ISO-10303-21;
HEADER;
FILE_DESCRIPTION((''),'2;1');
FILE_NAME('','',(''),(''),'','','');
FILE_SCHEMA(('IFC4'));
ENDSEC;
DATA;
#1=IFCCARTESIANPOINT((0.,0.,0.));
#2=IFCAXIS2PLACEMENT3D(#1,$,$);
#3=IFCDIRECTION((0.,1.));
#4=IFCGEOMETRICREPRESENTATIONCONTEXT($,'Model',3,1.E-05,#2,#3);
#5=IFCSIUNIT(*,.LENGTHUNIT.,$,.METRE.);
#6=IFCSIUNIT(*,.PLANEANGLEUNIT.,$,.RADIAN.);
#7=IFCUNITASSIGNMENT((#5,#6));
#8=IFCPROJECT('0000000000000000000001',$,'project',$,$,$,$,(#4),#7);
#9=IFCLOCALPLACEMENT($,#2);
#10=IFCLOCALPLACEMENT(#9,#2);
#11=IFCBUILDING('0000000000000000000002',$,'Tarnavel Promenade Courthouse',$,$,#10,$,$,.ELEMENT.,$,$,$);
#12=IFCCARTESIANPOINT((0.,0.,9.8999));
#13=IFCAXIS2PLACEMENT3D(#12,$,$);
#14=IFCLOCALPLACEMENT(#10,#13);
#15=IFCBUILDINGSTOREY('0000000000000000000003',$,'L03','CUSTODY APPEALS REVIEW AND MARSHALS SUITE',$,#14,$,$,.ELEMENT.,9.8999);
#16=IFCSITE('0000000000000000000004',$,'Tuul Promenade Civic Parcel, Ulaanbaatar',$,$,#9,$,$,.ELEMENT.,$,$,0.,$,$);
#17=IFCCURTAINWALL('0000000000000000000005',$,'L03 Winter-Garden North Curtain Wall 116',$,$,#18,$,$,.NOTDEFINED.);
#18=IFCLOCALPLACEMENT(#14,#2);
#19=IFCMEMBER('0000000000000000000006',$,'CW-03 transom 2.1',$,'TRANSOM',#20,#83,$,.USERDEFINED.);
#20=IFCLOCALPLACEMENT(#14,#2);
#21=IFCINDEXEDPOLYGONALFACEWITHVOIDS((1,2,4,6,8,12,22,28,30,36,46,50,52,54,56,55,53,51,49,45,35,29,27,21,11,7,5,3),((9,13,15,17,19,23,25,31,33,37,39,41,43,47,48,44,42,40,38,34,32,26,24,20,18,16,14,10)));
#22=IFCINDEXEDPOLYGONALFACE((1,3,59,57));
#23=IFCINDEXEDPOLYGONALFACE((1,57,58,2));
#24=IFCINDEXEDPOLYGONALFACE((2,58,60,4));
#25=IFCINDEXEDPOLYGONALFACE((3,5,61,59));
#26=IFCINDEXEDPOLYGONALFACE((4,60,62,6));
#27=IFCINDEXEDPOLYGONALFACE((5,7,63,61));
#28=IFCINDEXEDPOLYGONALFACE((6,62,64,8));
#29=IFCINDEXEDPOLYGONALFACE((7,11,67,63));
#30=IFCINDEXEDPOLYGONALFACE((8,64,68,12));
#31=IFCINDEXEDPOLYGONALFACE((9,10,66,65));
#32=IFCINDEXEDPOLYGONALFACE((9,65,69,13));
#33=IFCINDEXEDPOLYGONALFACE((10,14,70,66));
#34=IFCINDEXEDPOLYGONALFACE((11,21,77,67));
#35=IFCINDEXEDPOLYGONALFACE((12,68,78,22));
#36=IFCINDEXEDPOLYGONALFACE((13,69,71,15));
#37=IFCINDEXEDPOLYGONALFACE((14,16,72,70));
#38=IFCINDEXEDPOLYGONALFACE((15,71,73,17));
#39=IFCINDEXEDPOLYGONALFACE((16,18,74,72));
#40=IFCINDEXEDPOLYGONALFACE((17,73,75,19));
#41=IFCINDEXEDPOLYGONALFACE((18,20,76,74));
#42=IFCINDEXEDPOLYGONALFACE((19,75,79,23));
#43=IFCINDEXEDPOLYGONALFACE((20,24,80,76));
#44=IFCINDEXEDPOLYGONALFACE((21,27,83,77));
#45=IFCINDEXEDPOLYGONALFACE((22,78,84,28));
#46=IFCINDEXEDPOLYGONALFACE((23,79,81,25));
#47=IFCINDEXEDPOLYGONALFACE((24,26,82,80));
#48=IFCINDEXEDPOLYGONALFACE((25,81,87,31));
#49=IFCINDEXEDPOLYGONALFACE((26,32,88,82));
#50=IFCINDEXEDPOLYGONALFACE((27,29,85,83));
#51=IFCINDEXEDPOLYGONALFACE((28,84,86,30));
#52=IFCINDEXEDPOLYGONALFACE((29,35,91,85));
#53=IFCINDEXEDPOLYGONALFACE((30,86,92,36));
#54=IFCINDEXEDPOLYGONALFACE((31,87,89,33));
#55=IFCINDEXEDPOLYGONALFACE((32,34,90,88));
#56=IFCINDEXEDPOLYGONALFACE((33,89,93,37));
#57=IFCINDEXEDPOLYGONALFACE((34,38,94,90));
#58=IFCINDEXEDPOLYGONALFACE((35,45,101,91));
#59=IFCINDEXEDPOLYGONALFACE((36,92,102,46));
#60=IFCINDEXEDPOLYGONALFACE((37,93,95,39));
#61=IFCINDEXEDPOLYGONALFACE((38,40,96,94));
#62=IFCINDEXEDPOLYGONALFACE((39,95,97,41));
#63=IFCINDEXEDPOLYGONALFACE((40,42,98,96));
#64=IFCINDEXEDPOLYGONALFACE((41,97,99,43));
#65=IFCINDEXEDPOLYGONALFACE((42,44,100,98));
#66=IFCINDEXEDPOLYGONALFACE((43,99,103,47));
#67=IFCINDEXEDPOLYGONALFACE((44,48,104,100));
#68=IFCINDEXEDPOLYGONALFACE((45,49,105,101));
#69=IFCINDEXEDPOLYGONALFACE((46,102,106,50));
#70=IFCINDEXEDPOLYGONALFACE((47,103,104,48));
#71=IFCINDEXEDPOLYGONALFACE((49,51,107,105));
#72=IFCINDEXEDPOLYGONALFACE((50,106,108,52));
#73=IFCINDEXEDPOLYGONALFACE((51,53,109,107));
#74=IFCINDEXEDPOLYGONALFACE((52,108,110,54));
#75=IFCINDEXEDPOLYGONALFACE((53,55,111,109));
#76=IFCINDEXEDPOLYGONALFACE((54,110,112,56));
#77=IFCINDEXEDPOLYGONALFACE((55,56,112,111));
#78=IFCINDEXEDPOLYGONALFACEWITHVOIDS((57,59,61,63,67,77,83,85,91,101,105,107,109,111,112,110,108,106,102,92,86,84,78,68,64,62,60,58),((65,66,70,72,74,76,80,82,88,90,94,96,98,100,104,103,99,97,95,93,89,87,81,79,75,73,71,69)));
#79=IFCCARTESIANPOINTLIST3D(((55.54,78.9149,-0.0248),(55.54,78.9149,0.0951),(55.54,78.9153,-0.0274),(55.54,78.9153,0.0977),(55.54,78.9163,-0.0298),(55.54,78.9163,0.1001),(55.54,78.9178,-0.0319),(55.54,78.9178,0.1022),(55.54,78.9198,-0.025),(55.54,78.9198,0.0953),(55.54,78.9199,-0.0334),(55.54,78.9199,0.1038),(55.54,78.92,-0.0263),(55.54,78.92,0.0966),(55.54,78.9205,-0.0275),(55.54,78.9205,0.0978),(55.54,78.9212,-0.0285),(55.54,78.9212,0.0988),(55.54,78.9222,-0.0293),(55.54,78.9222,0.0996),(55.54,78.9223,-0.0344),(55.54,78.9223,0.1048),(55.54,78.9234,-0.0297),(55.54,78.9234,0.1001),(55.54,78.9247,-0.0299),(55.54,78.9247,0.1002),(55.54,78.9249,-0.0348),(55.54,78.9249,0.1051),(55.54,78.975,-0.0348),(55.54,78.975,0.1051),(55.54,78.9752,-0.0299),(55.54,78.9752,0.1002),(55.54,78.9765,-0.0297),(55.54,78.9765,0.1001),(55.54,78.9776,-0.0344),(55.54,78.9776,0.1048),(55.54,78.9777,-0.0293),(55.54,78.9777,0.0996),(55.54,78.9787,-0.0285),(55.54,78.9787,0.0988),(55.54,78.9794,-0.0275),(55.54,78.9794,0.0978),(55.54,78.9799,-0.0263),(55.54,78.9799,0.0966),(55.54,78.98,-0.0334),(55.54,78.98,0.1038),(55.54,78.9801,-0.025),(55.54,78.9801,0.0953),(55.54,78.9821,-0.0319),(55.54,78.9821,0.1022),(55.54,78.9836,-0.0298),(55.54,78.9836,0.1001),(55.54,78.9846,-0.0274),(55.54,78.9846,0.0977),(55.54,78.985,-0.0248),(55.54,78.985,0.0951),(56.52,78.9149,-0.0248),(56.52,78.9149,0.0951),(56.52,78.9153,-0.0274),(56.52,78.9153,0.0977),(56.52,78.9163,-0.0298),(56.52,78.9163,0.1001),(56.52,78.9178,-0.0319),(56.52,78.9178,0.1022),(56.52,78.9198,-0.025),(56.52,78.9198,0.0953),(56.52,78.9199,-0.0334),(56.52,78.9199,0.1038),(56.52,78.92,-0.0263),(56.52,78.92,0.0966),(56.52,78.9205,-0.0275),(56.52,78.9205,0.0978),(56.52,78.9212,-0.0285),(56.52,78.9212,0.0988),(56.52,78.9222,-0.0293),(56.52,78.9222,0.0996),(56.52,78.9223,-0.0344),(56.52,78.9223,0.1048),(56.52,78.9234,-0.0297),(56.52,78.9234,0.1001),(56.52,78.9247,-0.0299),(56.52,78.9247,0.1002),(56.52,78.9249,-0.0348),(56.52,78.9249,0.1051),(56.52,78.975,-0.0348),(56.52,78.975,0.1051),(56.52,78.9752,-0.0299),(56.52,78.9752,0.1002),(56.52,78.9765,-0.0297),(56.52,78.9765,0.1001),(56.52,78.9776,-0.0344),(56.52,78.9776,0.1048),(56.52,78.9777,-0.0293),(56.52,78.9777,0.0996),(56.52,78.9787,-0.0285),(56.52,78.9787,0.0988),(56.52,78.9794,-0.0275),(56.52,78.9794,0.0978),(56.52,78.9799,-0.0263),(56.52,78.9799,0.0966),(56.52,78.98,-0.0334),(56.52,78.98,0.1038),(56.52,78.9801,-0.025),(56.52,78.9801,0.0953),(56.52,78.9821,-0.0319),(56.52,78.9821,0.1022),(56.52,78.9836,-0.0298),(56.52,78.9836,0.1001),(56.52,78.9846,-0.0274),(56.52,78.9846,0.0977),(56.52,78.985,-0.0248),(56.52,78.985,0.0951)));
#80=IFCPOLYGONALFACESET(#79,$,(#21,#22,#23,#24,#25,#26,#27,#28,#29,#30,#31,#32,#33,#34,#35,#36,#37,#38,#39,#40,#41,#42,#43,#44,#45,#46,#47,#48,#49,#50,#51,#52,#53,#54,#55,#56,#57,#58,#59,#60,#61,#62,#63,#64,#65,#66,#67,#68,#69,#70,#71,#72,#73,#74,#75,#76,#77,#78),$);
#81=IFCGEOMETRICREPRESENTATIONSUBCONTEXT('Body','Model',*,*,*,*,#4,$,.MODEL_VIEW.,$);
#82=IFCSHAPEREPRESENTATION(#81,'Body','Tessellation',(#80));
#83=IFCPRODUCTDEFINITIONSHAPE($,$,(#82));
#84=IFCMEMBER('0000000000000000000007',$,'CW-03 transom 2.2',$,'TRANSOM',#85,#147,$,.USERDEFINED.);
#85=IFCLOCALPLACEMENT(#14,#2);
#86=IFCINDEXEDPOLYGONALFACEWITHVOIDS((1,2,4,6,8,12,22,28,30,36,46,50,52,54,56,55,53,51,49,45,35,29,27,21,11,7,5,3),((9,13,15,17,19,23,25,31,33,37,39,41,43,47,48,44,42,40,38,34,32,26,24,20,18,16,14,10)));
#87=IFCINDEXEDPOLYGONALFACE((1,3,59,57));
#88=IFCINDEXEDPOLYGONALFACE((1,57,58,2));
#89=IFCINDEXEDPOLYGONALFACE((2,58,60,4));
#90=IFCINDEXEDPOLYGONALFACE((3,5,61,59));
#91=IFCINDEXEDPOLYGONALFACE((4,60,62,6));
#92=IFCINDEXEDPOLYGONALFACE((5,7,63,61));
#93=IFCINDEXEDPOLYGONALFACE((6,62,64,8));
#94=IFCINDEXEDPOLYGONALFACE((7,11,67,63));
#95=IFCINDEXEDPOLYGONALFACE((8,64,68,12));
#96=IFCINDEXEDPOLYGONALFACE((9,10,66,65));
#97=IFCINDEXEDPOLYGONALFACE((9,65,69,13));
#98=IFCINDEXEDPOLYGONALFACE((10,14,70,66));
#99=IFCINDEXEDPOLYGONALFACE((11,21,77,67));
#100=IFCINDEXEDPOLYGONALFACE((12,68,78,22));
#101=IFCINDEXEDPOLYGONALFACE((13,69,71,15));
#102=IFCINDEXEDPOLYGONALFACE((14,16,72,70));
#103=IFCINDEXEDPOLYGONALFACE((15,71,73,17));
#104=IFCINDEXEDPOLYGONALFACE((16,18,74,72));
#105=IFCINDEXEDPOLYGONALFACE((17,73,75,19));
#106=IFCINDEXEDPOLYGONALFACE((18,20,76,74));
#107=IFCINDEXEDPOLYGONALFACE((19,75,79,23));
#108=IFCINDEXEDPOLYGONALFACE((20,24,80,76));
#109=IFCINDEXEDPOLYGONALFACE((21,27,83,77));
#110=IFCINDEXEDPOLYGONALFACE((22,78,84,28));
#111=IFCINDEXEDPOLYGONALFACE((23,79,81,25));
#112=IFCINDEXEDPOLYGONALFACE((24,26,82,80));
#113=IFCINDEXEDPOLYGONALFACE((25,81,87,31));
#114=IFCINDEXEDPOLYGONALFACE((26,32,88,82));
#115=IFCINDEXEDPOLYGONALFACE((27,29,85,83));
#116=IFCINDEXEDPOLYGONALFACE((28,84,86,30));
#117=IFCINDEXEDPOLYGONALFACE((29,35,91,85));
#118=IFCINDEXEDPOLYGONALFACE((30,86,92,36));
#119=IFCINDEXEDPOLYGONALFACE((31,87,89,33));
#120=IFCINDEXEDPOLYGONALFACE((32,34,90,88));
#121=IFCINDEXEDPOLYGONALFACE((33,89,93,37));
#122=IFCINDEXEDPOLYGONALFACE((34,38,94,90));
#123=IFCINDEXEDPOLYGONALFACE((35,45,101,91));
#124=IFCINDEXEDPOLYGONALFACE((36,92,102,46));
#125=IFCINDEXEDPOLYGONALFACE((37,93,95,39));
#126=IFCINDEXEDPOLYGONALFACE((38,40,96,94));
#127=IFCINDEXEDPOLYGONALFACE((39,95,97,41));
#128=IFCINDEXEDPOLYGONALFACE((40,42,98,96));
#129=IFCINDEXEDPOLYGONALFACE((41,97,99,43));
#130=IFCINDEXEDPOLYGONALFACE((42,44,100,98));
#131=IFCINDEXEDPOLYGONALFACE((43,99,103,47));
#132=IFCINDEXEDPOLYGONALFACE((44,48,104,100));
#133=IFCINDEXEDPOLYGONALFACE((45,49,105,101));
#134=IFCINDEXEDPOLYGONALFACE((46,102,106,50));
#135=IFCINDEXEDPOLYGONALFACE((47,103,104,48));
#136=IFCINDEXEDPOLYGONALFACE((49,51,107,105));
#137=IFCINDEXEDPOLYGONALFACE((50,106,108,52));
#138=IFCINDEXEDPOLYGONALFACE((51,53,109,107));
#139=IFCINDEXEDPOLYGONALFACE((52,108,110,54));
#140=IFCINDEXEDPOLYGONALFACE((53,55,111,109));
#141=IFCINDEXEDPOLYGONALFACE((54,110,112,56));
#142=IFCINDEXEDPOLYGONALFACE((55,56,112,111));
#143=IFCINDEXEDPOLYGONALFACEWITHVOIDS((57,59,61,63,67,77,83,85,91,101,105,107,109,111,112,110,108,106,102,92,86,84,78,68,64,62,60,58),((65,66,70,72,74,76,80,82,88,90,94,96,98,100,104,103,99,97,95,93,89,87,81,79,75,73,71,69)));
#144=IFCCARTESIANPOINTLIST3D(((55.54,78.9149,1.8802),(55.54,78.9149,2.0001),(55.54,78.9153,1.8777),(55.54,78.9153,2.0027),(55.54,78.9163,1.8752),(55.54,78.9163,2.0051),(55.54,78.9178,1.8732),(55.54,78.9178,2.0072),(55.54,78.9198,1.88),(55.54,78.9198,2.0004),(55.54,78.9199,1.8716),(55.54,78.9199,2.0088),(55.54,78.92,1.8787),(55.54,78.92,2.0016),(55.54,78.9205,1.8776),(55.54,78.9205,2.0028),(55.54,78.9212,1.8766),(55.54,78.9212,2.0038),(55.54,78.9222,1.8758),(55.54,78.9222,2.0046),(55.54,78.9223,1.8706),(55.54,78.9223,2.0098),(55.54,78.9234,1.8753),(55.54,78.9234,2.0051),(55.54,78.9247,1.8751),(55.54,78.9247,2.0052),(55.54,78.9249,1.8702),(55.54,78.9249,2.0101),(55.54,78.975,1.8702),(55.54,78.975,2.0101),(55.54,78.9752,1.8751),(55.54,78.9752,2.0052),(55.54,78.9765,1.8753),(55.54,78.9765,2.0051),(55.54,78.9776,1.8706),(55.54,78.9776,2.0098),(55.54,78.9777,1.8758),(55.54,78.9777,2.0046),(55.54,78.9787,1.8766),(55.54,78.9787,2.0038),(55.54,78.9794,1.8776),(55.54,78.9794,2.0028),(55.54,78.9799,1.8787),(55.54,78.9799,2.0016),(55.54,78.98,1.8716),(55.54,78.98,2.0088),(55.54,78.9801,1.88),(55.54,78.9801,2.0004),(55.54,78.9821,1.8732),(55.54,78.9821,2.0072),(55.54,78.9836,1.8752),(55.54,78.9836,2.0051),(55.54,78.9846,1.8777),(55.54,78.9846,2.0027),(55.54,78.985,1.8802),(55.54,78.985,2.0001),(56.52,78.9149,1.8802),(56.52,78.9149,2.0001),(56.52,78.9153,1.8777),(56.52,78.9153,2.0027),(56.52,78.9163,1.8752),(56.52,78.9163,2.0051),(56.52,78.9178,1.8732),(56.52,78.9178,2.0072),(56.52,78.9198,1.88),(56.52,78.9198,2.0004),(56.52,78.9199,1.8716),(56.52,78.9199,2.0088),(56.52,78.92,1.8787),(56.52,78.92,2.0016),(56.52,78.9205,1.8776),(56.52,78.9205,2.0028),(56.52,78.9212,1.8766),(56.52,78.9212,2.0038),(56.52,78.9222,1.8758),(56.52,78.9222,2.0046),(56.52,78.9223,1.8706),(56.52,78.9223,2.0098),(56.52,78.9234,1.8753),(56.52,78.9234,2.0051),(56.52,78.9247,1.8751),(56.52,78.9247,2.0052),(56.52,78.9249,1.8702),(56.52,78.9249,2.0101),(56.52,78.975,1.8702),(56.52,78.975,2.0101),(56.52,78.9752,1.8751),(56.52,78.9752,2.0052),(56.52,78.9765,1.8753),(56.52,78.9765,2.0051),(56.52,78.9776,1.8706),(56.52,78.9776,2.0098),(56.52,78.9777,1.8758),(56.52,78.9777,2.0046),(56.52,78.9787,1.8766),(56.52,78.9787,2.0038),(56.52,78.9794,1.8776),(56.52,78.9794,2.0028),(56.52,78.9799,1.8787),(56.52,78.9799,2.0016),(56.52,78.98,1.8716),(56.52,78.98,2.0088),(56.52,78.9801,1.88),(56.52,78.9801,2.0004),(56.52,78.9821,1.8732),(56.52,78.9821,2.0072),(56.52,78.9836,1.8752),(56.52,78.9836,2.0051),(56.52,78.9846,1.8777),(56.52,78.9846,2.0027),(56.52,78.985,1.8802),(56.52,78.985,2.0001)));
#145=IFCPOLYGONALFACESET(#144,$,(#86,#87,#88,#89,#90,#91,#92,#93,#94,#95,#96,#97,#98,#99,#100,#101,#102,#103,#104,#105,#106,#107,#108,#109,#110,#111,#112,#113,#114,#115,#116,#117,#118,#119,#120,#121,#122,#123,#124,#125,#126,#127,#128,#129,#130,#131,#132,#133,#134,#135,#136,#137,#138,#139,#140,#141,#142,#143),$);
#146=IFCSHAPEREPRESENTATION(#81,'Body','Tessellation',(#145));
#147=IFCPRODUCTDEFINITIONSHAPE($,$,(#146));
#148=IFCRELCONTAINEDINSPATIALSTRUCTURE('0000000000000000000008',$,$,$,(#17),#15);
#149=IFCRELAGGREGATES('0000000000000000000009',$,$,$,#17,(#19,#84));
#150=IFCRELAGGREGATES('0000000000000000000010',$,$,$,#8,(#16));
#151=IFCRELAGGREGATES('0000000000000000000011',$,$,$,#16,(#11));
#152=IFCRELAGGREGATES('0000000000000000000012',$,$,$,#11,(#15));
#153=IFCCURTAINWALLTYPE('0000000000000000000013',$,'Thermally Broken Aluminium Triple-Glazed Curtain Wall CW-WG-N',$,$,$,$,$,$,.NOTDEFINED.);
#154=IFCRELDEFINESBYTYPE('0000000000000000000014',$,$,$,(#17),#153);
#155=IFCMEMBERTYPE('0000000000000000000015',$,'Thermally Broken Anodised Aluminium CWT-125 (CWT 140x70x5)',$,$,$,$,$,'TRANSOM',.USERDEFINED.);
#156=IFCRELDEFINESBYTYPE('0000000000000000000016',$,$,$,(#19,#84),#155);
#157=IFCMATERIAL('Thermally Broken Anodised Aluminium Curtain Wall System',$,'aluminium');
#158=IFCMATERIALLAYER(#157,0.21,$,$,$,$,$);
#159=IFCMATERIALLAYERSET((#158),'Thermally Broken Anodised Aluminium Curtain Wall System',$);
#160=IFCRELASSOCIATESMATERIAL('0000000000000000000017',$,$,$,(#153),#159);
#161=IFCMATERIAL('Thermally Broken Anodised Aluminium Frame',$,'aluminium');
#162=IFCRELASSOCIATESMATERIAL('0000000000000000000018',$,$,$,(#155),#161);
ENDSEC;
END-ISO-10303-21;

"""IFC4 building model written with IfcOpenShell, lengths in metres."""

from ifc_helpers import new_model, si_unit, direction, frame, origin, origin_2d, place, context, subcontext, project, spatial, hollow_rectangle, extrude, material, layer, layer_set, material_profile, profile_set, type_object, element, aggregate, save


model = new_model("IFC4")

# Units and contexts
model_context = context("Model", 3, precision=1e-05, world=origin(), true_north=direction((0.0, 1.0)))
body_context = subcontext(model_context, "Body", "Model", "MODEL_VIEW")
ifc_project = project(units=[si_unit("LENGTHUNIT", "METRE"), si_unit("PLANEANGLEUNIT", "RADIAN")], contexts=[model_context])

# Site, building, storey
site_placement = place(None, origin())
site = spatial("IfcSite", under=ifc_project, at=site_placement, Name="Tuul Promenade Civic Parcel, Ulaanbaatar", CompositionType="ELEMENT", RefElevation=0.0)
building_placement = place(site_placement, origin())
building = spatial("IfcBuilding", under=site, at=building_placement, Name="Tarnavel Promenade Courthouse", CompositionType="ELEMENT")
storey_placement = place(building_placement, frame((0.0, 0.0, 9.8999)))
storey = spatial("IfcBuildingStorey", under=building, at=storey_placement, Name="L03", Description="CUSTODY APPEALS REVIEW AND MARSHALS SUITE", CompositionType="ELEMENT", Elevation=9.8999)

# Shared definitions
ifc_material_1 = material(Name="Thermally Broken Anodised Aluminium Curtain Wall System", Category="aluminium")
ifc_layer_1 = layer(ifc_material_1, 0.21)
ifc_layer_set_1 = layer_set([ifc_layer_1], Name="Thermally Broken Anodised Aluminium Curtain Wall System")
curtain_wall_type = type_object("IfcCurtainWallType", Name="Thermally Broken Aluminium Triple-Glazed Curtain Wall CW-WG-N", PredefinedType="NOTDEFINED", material=ifc_layer_set_1)
ifc_material_2 = material(Name="Thermally Broken Anodised Aluminium Frame", Category="aluminium")

# Curtain wall, members
curtain_wall_1_placement = place(storey_placement, origin())
curtain_wall_1 = element("IfcCurtainWall", 1, at=curtain_wall_1_placement, inside=storey, type_object=curtain_wall_type, Name="L03 Winter-Garden North Curtain Wall 116", PredefinedType="NOTDEFINED")
ifc_material_profile_1 = material_profile(ifc_material_2, hollow_rectangle(XDim=0.0701, YDim=0.1399, WallThickness=0.0049, InnerFilletRadius=0.0049, OuterFilletRadius=0.01, at=origin_2d()), Name="CWT 140x70x5")
ifc_profile_set_1 = profile_set([ifc_material_profile_1], Name="Thermally Broken Anodised Aluminium Frame")
member_type_1 = type_object("IfcMemberType", Name="Thermally Broken Anodised Aluminium CWT-125 (CWT 140x70x5)", ElementType="TRANSOM", PredefinedType="USERDEFINED", material=ifc_profile_set_1)
member_1_placement = place(storey_placement, frame((55.54, 78.95, 0.0352), z_axis=(1.0, 0.0, 0.0), x_axis=(0.0, 1.0, 0.0)))
member_1 = element("IfcMember", 2, at=member_1_placement, type_object=member_type_1, Name="CW-03 transom 2.1", ObjectType="TRANSOM", PredefinedType="USERDEFINED", context=body_context, shape_type="SweptSolid", body=[
    extrude(hollow_rectangle(XDim=0.0701, YDim=0.1399, WallThickness=0.0049, InnerFilletRadius=0.0049, OuterFilletRadius=0.01, at=origin_2d()), origin(), (0.0, 0.0, 1.0), 0.98),
])
member_2_placement = place(storey_placement, frame((55.54, 78.95, 1.9402), z_axis=(1.0, 0.0, 0.0), x_axis=(0.0, 1.0, 0.0)))
member_2 = element("IfcMember", 3, at=member_2_placement, type_object=member_type_1, Name="CW-03 transom 2.2", ObjectType="TRANSOM", PredefinedType="USERDEFINED", context=body_context, shape_type="SweptSolid", body=[
    extrude(hollow_rectangle(XDim=0.0701, YDim=0.1399, WallThickness=0.0049, InnerFilletRadius=0.0049, OuterFilletRadius=0.01, at=origin_2d()), origin(), (0.0, 0.0, 1.0), 0.98),
])

aggregate(curtain_wall_1, [member_1, member_2])

save(model, "model.ifc")
